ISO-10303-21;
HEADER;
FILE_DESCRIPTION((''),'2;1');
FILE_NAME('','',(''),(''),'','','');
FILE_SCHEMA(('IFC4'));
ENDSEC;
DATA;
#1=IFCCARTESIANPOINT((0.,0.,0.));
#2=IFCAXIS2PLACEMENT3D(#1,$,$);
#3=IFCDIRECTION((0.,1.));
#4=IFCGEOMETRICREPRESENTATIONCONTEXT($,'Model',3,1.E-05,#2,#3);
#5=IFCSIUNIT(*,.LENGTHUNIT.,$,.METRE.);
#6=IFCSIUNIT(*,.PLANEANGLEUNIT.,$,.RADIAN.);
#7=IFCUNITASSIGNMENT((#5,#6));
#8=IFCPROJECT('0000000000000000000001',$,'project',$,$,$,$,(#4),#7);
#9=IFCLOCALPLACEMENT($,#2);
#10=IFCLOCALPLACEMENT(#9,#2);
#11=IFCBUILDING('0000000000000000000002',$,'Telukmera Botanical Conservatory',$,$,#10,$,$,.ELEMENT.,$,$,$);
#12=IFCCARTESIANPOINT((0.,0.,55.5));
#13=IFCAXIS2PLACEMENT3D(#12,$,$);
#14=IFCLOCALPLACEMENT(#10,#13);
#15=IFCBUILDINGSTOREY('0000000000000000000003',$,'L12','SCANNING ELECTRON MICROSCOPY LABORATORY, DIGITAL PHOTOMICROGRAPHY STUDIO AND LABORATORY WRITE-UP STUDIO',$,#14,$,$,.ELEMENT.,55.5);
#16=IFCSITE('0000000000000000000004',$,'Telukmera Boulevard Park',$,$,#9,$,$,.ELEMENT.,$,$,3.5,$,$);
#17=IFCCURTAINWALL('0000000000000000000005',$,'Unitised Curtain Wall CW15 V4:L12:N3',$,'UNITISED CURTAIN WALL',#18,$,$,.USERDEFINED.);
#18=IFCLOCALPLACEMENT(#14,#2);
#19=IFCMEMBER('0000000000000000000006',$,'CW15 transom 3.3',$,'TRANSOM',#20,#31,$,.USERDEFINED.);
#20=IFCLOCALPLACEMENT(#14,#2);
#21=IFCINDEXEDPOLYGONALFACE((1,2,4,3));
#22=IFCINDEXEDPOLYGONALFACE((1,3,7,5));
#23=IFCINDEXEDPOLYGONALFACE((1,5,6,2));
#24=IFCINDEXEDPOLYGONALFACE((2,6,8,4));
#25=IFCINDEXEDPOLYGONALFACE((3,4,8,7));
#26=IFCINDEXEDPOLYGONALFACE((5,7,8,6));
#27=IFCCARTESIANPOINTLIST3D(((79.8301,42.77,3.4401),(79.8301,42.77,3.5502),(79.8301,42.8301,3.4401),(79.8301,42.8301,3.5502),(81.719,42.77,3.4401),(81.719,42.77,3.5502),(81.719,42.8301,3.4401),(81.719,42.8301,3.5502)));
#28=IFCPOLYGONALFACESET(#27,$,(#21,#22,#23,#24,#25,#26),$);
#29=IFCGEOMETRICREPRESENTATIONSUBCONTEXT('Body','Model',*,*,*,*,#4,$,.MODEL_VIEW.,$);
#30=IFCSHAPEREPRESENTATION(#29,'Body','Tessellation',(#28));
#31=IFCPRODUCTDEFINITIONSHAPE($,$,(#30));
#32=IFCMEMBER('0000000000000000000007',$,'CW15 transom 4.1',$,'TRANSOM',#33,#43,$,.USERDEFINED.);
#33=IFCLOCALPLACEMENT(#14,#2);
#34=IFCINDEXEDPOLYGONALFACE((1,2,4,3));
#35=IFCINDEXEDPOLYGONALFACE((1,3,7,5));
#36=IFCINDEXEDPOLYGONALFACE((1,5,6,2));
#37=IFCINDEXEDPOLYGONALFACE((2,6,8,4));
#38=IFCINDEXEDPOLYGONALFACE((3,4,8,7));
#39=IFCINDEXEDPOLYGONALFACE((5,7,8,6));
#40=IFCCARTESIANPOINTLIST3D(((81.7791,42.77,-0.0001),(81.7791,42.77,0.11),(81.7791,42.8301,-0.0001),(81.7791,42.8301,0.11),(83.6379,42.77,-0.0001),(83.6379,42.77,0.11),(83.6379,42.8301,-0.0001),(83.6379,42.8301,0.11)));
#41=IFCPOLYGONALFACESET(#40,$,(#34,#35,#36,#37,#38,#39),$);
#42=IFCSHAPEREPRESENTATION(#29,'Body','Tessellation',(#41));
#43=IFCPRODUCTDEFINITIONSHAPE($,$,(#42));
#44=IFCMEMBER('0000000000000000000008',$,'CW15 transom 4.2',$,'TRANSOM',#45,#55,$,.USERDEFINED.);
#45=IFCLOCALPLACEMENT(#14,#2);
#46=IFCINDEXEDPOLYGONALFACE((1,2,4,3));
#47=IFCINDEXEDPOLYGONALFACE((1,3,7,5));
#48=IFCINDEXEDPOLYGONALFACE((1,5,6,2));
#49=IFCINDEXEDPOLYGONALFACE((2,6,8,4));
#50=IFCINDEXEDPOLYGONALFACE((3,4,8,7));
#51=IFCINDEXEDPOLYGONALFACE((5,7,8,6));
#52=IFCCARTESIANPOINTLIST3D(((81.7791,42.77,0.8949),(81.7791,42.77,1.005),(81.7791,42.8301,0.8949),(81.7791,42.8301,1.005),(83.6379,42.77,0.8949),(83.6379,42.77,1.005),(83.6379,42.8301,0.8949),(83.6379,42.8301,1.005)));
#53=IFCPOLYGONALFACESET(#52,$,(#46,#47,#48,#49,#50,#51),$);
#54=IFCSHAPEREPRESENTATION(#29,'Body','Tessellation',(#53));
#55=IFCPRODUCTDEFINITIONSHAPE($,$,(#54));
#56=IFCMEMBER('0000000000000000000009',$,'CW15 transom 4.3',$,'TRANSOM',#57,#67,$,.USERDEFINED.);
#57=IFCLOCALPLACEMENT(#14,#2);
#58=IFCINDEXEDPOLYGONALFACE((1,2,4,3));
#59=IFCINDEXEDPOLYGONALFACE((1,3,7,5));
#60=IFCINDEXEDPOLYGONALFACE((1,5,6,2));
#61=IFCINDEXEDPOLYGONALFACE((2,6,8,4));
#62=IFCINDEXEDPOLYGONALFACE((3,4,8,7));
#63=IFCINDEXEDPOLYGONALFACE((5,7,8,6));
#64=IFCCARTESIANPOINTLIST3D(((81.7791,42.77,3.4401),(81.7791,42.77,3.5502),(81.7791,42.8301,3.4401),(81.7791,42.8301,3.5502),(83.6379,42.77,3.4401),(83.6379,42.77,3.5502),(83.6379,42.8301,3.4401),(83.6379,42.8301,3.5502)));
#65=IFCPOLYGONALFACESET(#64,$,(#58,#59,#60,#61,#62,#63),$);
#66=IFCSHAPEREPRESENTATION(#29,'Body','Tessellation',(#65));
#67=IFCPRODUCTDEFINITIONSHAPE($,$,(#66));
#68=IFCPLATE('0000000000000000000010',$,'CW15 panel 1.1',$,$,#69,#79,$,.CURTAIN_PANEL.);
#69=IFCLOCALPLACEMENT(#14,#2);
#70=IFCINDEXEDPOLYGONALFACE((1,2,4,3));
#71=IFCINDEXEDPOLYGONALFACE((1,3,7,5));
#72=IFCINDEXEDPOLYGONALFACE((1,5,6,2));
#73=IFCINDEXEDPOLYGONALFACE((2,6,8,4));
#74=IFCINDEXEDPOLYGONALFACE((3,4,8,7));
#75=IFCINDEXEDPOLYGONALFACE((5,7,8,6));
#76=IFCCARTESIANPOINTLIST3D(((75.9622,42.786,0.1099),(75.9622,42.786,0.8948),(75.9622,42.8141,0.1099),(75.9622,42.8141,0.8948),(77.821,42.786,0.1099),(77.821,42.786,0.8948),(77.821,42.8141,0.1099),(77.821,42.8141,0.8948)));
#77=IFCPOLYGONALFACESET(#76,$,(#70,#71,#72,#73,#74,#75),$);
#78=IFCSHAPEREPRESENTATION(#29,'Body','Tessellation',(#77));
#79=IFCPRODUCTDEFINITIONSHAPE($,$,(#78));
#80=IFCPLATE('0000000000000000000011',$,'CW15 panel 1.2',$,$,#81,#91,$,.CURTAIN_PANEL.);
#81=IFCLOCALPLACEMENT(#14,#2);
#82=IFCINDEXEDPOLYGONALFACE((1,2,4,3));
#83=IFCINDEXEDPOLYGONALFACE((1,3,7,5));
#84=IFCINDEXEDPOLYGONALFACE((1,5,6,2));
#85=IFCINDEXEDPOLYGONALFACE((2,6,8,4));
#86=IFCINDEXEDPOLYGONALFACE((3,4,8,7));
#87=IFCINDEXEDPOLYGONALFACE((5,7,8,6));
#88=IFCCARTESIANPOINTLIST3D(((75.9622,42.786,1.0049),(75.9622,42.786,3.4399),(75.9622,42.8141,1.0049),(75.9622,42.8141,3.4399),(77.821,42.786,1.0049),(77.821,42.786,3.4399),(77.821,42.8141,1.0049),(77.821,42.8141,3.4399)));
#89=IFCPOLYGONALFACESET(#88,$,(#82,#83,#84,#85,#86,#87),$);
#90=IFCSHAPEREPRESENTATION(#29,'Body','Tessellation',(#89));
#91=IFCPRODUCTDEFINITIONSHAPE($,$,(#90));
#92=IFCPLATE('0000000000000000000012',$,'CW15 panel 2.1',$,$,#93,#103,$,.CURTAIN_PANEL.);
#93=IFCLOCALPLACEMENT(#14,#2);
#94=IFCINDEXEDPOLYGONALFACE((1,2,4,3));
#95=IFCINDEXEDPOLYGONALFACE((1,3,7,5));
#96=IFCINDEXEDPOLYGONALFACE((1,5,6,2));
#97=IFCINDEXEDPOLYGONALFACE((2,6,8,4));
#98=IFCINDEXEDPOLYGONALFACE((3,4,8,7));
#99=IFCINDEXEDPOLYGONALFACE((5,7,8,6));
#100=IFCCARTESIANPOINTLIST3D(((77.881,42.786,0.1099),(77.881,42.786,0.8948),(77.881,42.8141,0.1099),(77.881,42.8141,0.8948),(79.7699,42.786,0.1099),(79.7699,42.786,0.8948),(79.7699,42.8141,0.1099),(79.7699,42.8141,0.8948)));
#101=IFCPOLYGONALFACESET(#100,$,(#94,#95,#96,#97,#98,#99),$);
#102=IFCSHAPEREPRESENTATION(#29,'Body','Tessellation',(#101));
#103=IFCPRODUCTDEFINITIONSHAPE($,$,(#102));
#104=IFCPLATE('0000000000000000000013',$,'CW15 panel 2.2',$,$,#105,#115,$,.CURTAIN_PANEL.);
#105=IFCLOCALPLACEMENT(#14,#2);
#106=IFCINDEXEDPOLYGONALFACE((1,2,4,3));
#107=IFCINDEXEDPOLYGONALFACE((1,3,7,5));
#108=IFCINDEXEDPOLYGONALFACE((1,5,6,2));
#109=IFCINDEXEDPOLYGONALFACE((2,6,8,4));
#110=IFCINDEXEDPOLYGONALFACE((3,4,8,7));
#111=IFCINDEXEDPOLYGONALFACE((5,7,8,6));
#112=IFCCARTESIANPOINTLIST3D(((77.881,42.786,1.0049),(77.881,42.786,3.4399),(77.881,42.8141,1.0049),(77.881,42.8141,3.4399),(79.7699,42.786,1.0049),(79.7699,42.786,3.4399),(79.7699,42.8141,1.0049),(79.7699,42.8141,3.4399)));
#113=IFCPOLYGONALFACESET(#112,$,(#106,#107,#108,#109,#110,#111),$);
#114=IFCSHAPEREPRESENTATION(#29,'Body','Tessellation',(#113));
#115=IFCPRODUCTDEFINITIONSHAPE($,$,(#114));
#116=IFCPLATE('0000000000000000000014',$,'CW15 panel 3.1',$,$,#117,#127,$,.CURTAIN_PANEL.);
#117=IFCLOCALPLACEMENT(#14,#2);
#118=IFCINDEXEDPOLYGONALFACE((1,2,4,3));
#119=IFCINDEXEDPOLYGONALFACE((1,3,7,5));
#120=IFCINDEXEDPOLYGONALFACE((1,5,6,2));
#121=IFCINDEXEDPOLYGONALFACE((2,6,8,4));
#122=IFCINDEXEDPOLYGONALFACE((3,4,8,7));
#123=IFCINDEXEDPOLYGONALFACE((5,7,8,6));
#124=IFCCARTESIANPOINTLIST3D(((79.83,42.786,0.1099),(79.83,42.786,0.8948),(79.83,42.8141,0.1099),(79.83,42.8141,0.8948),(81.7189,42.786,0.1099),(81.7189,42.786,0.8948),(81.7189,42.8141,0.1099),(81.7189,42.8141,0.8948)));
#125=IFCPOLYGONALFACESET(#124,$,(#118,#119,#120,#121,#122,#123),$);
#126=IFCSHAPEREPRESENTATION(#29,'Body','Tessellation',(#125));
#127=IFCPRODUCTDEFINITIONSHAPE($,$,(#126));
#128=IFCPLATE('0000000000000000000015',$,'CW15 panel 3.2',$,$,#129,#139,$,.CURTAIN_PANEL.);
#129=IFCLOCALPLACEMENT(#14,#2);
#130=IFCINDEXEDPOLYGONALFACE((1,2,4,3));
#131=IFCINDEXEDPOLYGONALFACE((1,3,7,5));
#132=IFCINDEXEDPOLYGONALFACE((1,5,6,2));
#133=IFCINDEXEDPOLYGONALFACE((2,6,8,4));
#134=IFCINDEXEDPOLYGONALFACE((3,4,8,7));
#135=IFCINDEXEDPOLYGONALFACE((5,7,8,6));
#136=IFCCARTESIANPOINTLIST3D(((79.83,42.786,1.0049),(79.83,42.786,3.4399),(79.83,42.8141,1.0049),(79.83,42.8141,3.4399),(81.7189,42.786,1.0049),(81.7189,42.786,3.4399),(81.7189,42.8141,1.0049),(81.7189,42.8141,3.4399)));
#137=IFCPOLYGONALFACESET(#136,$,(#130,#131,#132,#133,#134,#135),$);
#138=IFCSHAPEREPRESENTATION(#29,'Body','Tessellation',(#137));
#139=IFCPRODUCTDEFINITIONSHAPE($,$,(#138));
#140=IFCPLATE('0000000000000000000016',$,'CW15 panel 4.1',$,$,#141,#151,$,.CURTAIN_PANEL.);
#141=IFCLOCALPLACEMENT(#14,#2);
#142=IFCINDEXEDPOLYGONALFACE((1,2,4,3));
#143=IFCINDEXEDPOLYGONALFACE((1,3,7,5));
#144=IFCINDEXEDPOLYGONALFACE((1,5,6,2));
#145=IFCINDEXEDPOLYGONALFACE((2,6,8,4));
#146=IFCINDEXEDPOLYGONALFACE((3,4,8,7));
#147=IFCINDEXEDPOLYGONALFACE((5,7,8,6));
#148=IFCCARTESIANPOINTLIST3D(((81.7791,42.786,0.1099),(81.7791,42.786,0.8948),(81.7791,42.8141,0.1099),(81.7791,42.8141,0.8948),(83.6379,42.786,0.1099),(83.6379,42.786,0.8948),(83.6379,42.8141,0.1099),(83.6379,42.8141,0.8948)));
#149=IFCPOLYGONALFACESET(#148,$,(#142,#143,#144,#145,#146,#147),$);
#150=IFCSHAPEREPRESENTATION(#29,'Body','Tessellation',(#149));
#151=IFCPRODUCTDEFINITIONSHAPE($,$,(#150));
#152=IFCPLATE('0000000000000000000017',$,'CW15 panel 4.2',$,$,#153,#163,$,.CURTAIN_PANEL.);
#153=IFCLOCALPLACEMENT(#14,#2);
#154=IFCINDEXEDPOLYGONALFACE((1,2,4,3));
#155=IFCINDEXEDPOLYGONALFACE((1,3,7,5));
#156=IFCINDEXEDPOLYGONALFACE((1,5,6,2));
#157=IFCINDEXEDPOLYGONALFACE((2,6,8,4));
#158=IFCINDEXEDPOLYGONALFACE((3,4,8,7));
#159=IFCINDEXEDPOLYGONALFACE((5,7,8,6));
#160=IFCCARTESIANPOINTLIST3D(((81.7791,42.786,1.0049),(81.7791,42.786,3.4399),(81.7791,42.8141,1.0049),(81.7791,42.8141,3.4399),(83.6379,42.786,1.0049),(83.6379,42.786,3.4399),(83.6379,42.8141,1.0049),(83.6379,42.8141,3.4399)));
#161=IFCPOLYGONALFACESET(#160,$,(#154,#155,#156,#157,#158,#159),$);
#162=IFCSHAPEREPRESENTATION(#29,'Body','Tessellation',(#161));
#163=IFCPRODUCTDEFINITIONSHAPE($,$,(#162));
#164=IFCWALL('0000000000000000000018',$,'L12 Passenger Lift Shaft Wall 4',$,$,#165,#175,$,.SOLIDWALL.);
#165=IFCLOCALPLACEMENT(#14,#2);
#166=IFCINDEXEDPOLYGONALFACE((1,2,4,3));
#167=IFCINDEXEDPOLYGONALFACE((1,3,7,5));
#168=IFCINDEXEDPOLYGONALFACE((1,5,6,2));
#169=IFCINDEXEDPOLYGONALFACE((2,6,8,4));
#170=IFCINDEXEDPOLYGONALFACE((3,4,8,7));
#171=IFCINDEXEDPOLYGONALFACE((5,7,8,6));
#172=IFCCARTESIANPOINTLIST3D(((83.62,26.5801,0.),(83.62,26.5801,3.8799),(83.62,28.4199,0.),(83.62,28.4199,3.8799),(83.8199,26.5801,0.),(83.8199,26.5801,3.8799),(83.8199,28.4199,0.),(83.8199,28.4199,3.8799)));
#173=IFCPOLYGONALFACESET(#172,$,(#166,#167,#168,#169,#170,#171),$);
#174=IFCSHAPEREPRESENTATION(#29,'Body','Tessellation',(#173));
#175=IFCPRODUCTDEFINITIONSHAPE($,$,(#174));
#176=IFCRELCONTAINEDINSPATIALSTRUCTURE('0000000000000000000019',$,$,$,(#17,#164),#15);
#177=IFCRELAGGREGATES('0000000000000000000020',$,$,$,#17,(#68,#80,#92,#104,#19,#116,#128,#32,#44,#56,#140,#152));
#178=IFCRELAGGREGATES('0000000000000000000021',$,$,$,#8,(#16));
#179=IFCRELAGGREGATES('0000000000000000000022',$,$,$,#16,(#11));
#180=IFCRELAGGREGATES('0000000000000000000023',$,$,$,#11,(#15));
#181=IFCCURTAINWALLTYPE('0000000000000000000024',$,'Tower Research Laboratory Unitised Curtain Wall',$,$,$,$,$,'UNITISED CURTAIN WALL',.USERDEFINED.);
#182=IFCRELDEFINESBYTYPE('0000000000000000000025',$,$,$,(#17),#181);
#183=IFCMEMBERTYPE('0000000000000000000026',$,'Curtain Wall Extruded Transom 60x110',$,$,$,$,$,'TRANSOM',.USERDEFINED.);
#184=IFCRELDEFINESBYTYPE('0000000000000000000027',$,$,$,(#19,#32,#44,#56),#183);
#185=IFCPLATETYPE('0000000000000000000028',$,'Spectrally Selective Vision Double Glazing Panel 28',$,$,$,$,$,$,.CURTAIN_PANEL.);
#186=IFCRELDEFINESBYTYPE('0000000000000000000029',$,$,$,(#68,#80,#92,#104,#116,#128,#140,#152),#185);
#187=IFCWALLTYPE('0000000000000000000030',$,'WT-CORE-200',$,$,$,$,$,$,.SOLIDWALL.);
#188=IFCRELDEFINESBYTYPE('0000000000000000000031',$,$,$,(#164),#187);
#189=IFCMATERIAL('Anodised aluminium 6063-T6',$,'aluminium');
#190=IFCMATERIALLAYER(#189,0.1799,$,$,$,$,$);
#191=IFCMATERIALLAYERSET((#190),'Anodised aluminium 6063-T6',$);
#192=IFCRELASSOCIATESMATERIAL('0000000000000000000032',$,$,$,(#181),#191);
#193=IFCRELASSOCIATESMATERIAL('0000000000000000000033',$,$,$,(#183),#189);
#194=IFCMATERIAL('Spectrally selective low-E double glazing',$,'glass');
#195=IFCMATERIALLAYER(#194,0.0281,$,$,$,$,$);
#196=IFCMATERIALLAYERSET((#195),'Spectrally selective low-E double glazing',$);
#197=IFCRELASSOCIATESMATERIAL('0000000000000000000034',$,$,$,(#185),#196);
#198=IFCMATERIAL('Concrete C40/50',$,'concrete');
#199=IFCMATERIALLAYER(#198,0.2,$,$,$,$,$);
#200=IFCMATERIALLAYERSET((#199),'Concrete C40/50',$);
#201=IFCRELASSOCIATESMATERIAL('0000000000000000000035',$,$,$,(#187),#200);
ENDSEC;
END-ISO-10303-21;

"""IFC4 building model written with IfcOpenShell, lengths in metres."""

from ifc_helpers import new_model, si_unit, direction, frame, frame_2d, origin, origin_2d, place, context, subcontext, project, spatial, rectangle, extrude, material, layer, layer_set, material_profile, profile_set, type_object, element, aggregate, save


model = new_model("IFC4")

# Units and contexts
model_context = context("Model", 3, precision=1e-05, world=origin(), true_north=direction((0.0, 1.0)))
body_context = subcontext(model_context, "Body", "Model", "MODEL_VIEW")
ifc_project = project(units=[si_unit("LENGTHUNIT", "METRE"), si_unit("PLANEANGLEUNIT", "RADIAN")], contexts=[model_context])

# Site, building, storey
site_placement = place(None, origin())
site = spatial("IfcSite", under=ifc_project, at=site_placement, Name="Telukmera Boulevard Park", CompositionType="ELEMENT", RefElevation=3.5)
building_placement = place(site_placement, origin())
building = spatial("IfcBuilding", under=site, at=building_placement, Name="Telukmera Botanical Conservatory", CompositionType="ELEMENT")
storey_placement = place(building_placement, frame((0.0, 0.0, 55.5)))
storey = spatial("IfcBuildingStorey", under=building, at=storey_placement, Name="L12", Description="SCANNING ELECTRON MICROSCOPY LABORATORY, DIGITAL PHOTOMICROGRAPHY STUDIO AND LABORATORY WRITE-UP STUDIO", CompositionType="ELEMENT", Elevation=55.5)

# Shared definitions
ifc_material_1 = material(Name="Concrete C40/50", Category="concrete")

# Curtain wall, members, plates
ifc_material_2 = material(Name="Anodised aluminium 6063-T6", Category="aluminium")
ifc_layer_1 = layer(ifc_material_2, 0.1799)
ifc_layer_set_1 = layer_set([ifc_layer_1], Name="Anodised aluminium 6063-T6")
curtain_wall_type = type_object("IfcCurtainWallType", Name="Tower Research Laboratory Unitised Curtain Wall", ElementType="UNITISED CURTAIN WALL", PredefinedType="USERDEFINED", material=ifc_layer_set_1)
curtain_wall_placement = place(storey_placement, origin())
curtain_wall = element("IfcCurtainWall", 1, at=curtain_wall_placement, inside=storey, type_object=curtain_wall_type, Name="Unitised Curtain Wall CW15 V4:L12:N3", ObjectType="UNITISED CURTAIN WALL", PredefinedType="USERDEFINED")
ifc_material_profile_1 = material_profile(ifc_material_2, rectangle(XDim=0.0601, YDim=0.1101, at=origin_2d()), Name="ALU TRAN 60x110")
ifc_profile_set_1 = profile_set([ifc_material_profile_1], Name="Anodised aluminium 6063-T6")
member_type_1 = type_object("IfcMemberType", Name="Curtain Wall Extruded Transom 60x110", ElementType="TRANSOM", PredefinedType="USERDEFINED", material=ifc_profile_set_1)
member_1_placement = place(storey_placement, frame((79.8301, 42.8, 3.4951), z_axis=(1.0, 0.0, 0.0), x_axis=(0.0, 1.0, 0.0)))
member_1 = element("IfcMember", 2, at=member_1_placement, type_object=member_type_1, Name="CW15 transom 3.3", ObjectType="TRANSOM", PredefinedType="USERDEFINED", context=body_context, shape_type="SweptSolid", body=[
    extrude(rectangle(XDim=0.0601, YDim=0.1101, at=origin_2d()), origin(), (0.0, 0.0, 1.0), 1.8889),
])
member_2_placement = place(storey_placement, frame((81.7791, 42.8, 0.0549), z_axis=(1.0, 0.0, 0.0), x_axis=(0.0, 1.0, 0.0)))
member_2 = element("IfcMember", 3, at=member_2_placement, type_object=member_type_1, Name="CW15 transom 4.1", ObjectType="TRANSOM", PredefinedType="USERDEFINED", context=body_context, shape_type="SweptSolid", body=[
    extrude(rectangle(XDim=0.0601, YDim=0.1101, at=origin_2d()), origin(), (0.0, 0.0, 1.0), 1.8589),
])
member_3_placement = place(storey_placement, frame((81.7791, 42.8, 0.95), z_axis=(1.0, 0.0, 0.0), x_axis=(0.0, 1.0, 0.0)))
member_3 = element("IfcMember", 4, at=member_3_placement, type_object=member_type_1, Name="CW15 transom 4.2", ObjectType="TRANSOM", PredefinedType="USERDEFINED", context=body_context, shape_type="SweptSolid", body=[
    extrude(rectangle(XDim=0.0601, YDim=0.1101, at=origin_2d()), origin(), (0.0, 0.0, 1.0), 1.8589),
])
member_4_placement = place(storey_placement, frame((81.7791, 42.8, 3.4951), z_axis=(1.0, 0.0, 0.0), x_axis=(0.0, 1.0, 0.0)))
member_4 = element("IfcMember", 5, at=member_4_placement, type_object=member_type_1, Name="CW15 transom 4.3", ObjectType="TRANSOM", PredefinedType="USERDEFINED", context=body_context, shape_type="SweptSolid", body=[
    extrude(rectangle(XDim=0.0601, YDim=0.1101, at=origin_2d()), origin(), (0.0, 0.0, 1.0), 1.8589),
])
ifc_material_3 = material(Name="Spectrally selective low-E double glazing", Category="glass")
ifc_layer_2 = layer(ifc_material_3, 0.0281)
ifc_layer_set_2 = layer_set([ifc_layer_2], Name="Spectrally selective low-E double glazing")
plate_type = type_object("IfcPlateType", Name="Spectrally Selective Vision Double Glazing Panel 28", PredefinedType="CURTAIN_PANEL", material=ifc_layer_set_2)
plate_1_placement = place(storey_placement, frame((76.8916, 42.8, 0.1099), z_axis=(0.0, 0.0, 1.0), x_axis=(1.0, 0.0, 0.0)))
plate_1 = element("IfcPlate", 6, at=plate_1_placement, type_object=plate_type, Name="CW15 panel 1.1", PredefinedType="CURTAIN_PANEL", context=body_context, shape_type="SweptSolid", body=[
    extrude(rectangle(XDim=1.8589, YDim=0.0281, at=origin_2d()), origin(), (0.0, 0.0, 1.0), 0.7849),
])
plate_2_placement = place(storey_placement, frame((76.8916, 42.8, 1.0049), z_axis=(0.0, 0.0, 1.0), x_axis=(1.0, 0.0, 0.0)))
plate_2 = element("IfcPlate", 7, at=plate_2_placement, type_object=plate_type, Name="CW15 panel 1.2", PredefinedType="CURTAIN_PANEL", context=body_context, shape_type="SweptSolid", body=[
    extrude(rectangle(XDim=1.8589, YDim=0.0281, at=origin_2d()), origin(), (0.0, 0.0, 1.0), 2.4351),
])
plate_3_placement = place(storey_placement, frame((78.8254, 42.8, 0.1099), z_axis=(0.0, 0.0, 1.0), x_axis=(1.0, 0.0, 0.0)))
plate_3 = element("IfcPlate", 8, at=plate_3_placement, type_object=plate_type, Name="CW15 panel 2.1", PredefinedType="CURTAIN_PANEL", context=body_context, shape_type="SweptSolid", body=[
    extrude(rectangle(XDim=1.8889, YDim=0.0281, at=origin_2d()), origin(), (0.0, 0.0, 1.0), 0.7849),
])
plate_4_placement = place(storey_placement, frame((78.8254, 42.8, 1.0049), z_axis=(0.0, 0.0, 1.0), x_axis=(1.0, 0.0, 0.0)))
plate_4 = element("IfcPlate", 9, at=plate_4_placement, type_object=plate_type, Name="CW15 panel 2.2", PredefinedType="CURTAIN_PANEL", context=body_context, shape_type="SweptSolid", body=[
    extrude(rectangle(XDim=1.8889, YDim=0.0281, at=origin_2d()), origin(), (0.0, 0.0, 1.0), 2.4351),
])
plate_5_placement = place(storey_placement, frame((80.7744, 42.8, 0.1099), z_axis=(0.0, 0.0, 1.0), x_axis=(1.0, 0.0, 0.0)))
plate_5 = element("IfcPlate", 10, at=plate_5_placement, type_object=plate_type, Name="CW15 panel 3.1", PredefinedType="CURTAIN_PANEL", context=body_context, shape_type="SweptSolid", body=[
    extrude(rectangle(XDim=1.8889, YDim=0.0281, at=origin_2d()), origin(), (0.0, 0.0, 1.0), 0.7849),
])
plate_6_placement = place(storey_placement, frame((80.7744, 42.8, 1.0049), z_axis=(0.0, 0.0, 1.0), x_axis=(1.0, 0.0, 0.0)))
plate_6 = element("IfcPlate", 11, at=plate_6_placement, type_object=plate_type, Name="CW15 panel 3.2", PredefinedType="CURTAIN_PANEL", context=body_context, shape_type="SweptSolid", body=[
    extrude(rectangle(XDim=1.8889, YDim=0.0281, at=origin_2d()), origin(), (0.0, 0.0, 1.0), 2.4351),
])
plate_7_placement = place(storey_placement, frame((82.7085, 42.8, 0.1099), z_axis=(0.0, 0.0, 1.0), x_axis=(1.0, 0.0, 0.0)))
plate_7 = element("IfcPlate", 12, at=plate_7_placement, type_object=plate_type, Name="CW15 panel 4.1", PredefinedType="CURTAIN_PANEL", context=body_context, shape_type="SweptSolid", body=[
    extrude(rectangle(XDim=1.8589, YDim=0.0281, at=origin_2d()), origin(), (0.0, 0.0, 1.0), 0.7849),
])
plate_8_placement = place(storey_placement, frame((82.7085, 42.8, 1.0049), z_axis=(0.0, 0.0, 1.0), x_axis=(1.0, 0.0, 0.0)))
plate_8 = element("IfcPlate", 13, at=plate_8_placement, type_object=plate_type, Name="CW15 panel 4.2", PredefinedType="CURTAIN_PANEL", context=body_context, shape_type="SweptSolid", body=[
    extrude(rectangle(XDim=1.8589, YDim=0.0281, at=origin_2d()), origin(), (0.0, 0.0, 1.0), 2.4351),
])
aggregate(curtain_wall, [plate_1, plate_2, plate_3, plate_4, member_1, plate_5, plate_6, member_2, member_3, member_4, plate_7, plate_8])

# Wall
ifc_layer_3 = layer(ifc_material_1, 0.2)
ifc_layer_set_3 = layer_set([ifc_layer_3], Name="Concrete C40/50")
wall_type_1 = type_object("IfcWallType", Name="WT-CORE-200", PredefinedType="SOLIDWALL", material=ifc_layer_set_3)
wall_1_placement = place(storey_placement, frame((83.72, 26.5801, 0.0), z_axis=(0.0, 0.0, 1.0), x_axis=(0.0, 1.0, 0.0)))
element("IfcWall", 14, at=wall_1_placement, inside=storey, type_object=wall_type_1, Name="L12 Passenger Lift Shaft Wall 4", PredefinedType="SOLIDWALL", context=body_context, shape_type="SweptSolid", body=[
    extrude(rectangle(XDim=1.8398, YDim=0.2, at=frame_2d((0.9199, 0.0))), origin(), (0.0, 0.0, 1.0), 3.8799),
])

save(model, "model.ifc")
